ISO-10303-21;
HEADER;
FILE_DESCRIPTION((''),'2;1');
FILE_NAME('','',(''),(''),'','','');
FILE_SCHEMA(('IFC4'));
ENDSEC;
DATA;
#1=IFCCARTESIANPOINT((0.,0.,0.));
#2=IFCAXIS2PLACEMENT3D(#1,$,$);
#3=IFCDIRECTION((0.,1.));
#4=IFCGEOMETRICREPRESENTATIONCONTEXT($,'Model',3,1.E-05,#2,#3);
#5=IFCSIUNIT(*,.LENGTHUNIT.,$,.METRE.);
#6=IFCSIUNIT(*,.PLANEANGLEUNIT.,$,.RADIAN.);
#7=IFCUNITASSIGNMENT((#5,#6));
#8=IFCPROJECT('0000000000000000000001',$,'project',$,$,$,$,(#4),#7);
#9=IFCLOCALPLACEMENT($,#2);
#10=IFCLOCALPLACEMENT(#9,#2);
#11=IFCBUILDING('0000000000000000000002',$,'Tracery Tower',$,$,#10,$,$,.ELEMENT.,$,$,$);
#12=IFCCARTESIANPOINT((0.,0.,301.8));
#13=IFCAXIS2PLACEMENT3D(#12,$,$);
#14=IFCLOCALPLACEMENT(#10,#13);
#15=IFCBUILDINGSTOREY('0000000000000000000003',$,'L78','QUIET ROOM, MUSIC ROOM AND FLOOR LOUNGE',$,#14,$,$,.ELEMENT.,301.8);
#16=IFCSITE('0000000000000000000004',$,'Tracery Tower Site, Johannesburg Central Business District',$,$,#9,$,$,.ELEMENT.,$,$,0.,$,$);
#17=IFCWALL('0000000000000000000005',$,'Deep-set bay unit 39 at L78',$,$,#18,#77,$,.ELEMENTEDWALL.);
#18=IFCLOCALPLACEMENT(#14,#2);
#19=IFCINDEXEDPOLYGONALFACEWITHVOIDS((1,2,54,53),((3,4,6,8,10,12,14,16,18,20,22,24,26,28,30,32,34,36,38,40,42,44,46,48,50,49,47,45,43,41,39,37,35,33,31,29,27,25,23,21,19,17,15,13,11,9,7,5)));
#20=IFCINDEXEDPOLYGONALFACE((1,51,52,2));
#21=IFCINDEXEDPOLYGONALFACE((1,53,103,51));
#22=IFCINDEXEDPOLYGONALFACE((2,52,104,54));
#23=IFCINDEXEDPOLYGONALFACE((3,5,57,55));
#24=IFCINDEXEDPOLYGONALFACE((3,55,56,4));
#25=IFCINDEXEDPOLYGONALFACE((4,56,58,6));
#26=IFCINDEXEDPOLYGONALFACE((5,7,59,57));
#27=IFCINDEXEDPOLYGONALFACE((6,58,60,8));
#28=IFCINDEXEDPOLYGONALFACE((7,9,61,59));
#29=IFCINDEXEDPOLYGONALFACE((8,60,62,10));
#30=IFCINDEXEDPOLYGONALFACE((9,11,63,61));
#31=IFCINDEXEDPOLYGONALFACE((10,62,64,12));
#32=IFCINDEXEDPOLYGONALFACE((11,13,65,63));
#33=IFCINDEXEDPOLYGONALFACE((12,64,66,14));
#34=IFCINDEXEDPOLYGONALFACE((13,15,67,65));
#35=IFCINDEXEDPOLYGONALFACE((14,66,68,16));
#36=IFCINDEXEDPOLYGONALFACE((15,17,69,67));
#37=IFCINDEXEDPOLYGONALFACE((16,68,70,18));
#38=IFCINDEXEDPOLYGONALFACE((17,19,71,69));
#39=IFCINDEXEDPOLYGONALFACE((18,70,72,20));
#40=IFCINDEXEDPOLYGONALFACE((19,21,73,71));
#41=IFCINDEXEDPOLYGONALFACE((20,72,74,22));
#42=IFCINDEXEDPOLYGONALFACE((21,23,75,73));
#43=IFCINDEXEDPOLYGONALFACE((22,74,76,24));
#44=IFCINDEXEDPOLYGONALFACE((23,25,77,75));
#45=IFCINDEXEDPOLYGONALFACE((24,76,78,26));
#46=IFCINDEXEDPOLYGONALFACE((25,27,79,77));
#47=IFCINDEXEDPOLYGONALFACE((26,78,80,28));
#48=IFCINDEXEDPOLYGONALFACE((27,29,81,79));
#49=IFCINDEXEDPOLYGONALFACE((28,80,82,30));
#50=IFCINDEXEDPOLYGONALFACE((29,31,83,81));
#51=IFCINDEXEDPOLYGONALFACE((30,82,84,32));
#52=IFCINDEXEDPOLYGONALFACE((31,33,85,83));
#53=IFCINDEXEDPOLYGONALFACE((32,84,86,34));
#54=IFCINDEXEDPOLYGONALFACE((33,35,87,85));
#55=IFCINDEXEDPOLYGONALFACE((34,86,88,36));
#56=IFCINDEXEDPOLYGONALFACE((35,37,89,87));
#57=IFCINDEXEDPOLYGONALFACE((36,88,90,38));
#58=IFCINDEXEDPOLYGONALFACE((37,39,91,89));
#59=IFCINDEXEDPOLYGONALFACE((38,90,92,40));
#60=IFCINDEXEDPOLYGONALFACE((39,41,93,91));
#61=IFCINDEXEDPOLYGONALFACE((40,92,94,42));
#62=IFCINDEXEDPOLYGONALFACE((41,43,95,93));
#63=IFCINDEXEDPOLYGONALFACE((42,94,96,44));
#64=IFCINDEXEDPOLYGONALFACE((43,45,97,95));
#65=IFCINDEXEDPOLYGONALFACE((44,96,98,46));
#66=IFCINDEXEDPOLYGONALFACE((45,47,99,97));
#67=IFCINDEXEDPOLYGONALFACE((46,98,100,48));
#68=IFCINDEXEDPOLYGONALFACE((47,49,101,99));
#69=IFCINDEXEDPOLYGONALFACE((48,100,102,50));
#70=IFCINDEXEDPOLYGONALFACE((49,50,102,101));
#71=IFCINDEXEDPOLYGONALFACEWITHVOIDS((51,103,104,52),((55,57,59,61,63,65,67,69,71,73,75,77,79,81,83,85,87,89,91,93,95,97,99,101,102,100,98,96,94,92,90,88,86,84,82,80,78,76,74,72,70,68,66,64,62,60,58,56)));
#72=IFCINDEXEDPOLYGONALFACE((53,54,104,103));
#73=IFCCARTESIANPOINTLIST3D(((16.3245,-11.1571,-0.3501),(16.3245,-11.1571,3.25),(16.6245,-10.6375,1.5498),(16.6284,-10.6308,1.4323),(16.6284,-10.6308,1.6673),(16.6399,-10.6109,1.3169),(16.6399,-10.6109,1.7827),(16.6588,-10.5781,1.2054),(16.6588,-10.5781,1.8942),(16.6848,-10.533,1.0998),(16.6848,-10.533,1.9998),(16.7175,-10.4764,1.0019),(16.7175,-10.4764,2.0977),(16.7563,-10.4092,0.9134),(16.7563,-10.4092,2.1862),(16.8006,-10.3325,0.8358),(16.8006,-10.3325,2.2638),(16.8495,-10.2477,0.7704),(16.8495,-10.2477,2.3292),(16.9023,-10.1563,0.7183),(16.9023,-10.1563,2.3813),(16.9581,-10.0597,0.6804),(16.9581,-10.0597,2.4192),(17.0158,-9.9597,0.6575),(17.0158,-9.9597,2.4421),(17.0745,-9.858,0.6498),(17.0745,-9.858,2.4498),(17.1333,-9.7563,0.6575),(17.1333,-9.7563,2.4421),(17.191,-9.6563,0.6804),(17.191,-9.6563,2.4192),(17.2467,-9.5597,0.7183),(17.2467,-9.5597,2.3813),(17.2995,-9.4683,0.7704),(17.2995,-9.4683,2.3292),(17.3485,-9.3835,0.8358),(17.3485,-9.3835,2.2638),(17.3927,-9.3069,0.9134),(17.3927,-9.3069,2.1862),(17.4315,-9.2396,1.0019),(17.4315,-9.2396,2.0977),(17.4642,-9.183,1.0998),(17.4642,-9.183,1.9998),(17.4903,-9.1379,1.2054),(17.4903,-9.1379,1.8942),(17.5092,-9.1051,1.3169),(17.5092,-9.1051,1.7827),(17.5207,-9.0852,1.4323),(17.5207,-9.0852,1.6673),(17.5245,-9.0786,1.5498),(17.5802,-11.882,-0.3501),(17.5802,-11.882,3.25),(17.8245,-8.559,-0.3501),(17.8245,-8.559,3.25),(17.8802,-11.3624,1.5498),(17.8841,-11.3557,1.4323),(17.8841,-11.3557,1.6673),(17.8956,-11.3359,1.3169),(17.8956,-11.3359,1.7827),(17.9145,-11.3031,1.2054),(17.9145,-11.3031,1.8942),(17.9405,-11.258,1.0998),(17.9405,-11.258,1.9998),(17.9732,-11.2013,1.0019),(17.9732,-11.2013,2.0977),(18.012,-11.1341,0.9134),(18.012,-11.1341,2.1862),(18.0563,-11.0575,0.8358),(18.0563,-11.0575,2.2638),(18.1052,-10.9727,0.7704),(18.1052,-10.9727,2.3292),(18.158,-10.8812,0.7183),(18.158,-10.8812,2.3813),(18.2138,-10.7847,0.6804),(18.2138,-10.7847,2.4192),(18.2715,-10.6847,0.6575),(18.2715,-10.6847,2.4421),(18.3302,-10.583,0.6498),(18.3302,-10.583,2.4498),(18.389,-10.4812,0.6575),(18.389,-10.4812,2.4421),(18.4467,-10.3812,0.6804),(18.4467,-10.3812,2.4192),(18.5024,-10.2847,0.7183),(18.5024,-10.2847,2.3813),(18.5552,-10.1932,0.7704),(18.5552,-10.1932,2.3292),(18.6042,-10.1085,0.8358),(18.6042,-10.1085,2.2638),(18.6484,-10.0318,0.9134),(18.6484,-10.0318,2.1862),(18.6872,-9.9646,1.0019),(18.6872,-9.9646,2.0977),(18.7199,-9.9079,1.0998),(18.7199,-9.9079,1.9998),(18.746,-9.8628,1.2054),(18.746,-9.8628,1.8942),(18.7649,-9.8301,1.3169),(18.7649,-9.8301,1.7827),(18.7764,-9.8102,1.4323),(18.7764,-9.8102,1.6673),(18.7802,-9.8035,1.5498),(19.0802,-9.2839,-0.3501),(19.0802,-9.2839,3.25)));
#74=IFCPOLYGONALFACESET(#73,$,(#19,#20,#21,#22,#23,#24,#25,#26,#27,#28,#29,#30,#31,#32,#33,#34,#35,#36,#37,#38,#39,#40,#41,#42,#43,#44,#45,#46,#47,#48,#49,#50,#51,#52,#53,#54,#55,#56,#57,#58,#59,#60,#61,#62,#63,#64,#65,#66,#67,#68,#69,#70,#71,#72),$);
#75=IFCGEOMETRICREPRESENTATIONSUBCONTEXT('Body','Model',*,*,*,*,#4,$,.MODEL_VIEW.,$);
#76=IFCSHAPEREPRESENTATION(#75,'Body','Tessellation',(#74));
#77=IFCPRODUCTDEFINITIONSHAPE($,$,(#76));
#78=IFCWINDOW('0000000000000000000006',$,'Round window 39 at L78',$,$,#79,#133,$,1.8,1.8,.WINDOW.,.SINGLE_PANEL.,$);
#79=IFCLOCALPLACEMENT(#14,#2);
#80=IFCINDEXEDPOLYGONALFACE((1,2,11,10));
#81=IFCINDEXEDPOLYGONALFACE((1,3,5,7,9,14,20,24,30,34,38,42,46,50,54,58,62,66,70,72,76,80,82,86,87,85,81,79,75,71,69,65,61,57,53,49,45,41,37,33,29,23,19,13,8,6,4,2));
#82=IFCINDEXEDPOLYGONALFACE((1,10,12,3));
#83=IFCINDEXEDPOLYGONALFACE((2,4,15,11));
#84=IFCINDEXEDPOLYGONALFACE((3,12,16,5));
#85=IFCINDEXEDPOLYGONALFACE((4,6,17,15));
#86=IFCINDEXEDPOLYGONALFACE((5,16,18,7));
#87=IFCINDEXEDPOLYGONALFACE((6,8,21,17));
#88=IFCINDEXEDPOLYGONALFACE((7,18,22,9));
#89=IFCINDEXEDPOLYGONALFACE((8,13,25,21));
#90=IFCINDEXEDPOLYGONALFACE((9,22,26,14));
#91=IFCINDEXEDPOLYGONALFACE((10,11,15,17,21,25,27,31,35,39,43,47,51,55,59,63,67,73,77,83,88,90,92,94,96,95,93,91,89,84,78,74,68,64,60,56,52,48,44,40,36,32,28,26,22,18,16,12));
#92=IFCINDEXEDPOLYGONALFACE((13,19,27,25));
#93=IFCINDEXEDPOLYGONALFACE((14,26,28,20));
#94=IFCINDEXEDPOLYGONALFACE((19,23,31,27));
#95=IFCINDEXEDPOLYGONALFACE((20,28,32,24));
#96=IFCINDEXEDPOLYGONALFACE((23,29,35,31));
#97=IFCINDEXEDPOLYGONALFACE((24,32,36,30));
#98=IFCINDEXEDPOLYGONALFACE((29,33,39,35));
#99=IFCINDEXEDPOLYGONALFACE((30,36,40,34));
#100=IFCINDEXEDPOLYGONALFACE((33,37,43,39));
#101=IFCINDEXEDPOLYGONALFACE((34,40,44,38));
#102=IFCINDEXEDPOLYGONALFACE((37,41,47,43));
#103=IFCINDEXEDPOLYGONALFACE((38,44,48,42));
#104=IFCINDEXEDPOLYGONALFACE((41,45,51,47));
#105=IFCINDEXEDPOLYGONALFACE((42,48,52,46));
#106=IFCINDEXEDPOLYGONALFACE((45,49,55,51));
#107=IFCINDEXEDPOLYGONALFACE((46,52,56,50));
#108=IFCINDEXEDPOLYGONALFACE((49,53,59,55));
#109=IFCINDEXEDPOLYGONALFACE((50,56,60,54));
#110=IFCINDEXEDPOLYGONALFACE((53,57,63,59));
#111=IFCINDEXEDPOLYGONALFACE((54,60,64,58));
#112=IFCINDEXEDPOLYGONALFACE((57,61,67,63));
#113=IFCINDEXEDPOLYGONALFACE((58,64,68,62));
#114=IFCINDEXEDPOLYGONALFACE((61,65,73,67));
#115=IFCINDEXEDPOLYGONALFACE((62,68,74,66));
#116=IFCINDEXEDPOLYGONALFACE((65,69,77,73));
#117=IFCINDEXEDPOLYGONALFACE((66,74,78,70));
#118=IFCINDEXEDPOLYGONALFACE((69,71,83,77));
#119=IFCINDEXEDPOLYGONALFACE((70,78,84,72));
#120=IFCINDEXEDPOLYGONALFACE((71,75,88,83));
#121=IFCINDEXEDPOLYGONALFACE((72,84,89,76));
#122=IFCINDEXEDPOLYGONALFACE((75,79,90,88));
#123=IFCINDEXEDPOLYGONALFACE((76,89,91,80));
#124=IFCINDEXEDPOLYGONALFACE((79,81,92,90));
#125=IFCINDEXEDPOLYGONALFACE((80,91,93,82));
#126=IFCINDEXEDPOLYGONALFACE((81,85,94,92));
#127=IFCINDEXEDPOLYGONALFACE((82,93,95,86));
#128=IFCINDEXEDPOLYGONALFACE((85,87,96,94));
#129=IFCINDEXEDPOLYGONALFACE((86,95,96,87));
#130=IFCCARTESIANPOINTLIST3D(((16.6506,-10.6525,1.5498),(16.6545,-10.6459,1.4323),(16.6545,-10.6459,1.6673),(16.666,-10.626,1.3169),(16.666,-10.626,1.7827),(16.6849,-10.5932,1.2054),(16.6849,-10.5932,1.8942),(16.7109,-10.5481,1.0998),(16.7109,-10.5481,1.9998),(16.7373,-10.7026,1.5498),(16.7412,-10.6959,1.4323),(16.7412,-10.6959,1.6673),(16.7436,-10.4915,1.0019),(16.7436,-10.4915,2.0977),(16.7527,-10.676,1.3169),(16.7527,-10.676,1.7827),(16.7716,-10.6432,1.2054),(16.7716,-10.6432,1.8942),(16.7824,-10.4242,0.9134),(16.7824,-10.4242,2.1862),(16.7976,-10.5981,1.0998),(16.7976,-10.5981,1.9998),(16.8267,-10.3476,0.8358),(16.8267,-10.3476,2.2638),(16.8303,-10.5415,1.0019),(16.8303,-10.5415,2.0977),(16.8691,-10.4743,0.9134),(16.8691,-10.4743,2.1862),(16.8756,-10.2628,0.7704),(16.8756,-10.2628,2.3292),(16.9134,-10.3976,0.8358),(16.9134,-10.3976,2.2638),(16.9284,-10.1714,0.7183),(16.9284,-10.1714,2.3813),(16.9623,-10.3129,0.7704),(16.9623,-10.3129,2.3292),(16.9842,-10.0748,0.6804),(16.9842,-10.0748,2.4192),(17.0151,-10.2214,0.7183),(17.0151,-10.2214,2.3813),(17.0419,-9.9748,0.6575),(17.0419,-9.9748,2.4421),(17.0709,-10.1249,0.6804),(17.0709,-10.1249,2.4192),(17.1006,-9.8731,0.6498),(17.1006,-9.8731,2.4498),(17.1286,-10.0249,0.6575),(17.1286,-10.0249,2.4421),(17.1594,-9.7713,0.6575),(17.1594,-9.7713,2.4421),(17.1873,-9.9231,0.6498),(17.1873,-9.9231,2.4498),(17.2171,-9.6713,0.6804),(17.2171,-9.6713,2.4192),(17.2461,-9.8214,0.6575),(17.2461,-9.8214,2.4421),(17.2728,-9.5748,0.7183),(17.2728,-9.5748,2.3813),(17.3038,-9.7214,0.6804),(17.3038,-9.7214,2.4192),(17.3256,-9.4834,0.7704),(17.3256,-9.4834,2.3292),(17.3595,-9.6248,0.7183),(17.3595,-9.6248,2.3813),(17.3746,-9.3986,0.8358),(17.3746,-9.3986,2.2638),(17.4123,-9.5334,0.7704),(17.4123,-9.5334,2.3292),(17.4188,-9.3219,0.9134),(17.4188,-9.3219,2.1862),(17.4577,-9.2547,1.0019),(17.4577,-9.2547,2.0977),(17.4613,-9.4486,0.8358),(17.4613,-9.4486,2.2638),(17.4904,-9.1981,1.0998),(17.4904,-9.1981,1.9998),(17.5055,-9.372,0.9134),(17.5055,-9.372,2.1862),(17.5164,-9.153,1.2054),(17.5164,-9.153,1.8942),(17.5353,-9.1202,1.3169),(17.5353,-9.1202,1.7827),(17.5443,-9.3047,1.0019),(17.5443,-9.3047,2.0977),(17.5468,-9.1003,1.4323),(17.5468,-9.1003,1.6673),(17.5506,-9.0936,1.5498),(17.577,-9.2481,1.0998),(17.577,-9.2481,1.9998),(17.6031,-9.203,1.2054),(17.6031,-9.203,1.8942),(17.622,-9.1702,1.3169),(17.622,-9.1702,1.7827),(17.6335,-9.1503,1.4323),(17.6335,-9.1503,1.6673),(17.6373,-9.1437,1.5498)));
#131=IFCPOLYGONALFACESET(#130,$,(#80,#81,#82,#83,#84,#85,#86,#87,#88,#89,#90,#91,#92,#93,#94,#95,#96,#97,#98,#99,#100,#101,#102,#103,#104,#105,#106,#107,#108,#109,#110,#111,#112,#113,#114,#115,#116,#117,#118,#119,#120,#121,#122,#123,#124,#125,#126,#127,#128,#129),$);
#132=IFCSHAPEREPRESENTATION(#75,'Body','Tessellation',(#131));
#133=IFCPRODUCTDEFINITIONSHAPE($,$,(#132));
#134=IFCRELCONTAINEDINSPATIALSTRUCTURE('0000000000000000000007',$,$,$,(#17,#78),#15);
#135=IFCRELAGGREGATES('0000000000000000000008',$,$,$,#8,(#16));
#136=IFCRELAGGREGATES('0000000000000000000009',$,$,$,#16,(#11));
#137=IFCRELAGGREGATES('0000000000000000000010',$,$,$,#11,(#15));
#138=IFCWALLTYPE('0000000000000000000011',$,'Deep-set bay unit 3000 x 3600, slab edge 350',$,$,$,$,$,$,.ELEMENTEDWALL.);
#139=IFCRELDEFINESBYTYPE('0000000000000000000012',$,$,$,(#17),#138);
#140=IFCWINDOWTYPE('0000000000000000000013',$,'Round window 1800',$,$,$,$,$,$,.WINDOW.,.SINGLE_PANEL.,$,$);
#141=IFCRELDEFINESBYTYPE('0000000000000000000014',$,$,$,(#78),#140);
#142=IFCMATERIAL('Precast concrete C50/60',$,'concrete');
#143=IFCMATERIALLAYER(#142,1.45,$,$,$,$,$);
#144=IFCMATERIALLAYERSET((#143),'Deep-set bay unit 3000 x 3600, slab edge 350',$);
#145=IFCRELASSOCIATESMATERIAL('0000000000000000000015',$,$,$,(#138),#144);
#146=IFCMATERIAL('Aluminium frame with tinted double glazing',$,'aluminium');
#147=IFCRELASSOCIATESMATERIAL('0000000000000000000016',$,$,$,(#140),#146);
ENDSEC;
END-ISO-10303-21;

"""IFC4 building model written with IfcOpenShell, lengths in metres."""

from ifc_helpers import new_model, si_unit, direction, frame, frame_2d, origin, origin_2d, place, context, subcontext, project, spatial, rectangle, circle, extrude, material, layer, layer_set, type_object, element, fill, save


model = new_model("IFC4")

# Units and contexts
model_context = context("Model", 3, precision=1e-05, world=origin(), true_north=direction((0.0, 1.0)))
body_context = subcontext(model_context, "Body", "Model", "MODEL_VIEW")
ifc_project = project(units=[si_unit("LENGTHUNIT", "METRE"), si_unit("PLANEANGLEUNIT", "RADIAN")], contexts=[model_context])

# Site, building, storey
site_placement = place(None, origin())
site = spatial("IfcSite", under=ifc_project, at=site_placement, Name="Tracery Tower Site, Johannesburg Central Business District", CompositionType="ELEMENT", RefElevation=0.0)
building_placement = place(site_placement, origin())
building = spatial("IfcBuilding", under=site, at=building_placement, Name="Tracery Tower", CompositionType="ELEMENT")
storey_placement = place(building_placement, frame((0.0, 0.0, 301.8)))
storey = spatial("IfcBuildingStorey", under=building, at=storey_placement, Name="L78", Description="QUIET ROOM, MUSIC ROOM AND FLOOR LOUNGE", CompositionType="ELEMENT", Elevation=301.8)

# Wall, opening, window
ifc_material_1 = material(Name="Precast concrete C50/60", Category="concrete")
ifc_layer_1 = layer(ifc_material_1, 1.45)
ifc_layer_set_1 = layer_set([ifc_layer_1], Name="Deep-set bay unit 3000 x 3600, slab edge 350")
wall_type_1 = type_object("IfcWallType", Name="Deep-set bay unit 3000 x 3600, slab edge 350", PredefinedType="ELEMENTEDWALL", material=ifc_layer_set_1)
ifc_material_2 = material(Name="Aluminium frame with tinted double glazing", Category="aluminium")
window_type = type_object("IfcWindowType", Name="Round window 1800", PartitioningType="SINGLE_PANEL", PredefinedType="WINDOW", material=ifc_material_2)
wall_1_placement = place(storey_placement, frame((16.9524, -11.5195, -0.3501), z_axis=(0.0, 0.0, 1.0), x_axis=(0.49999, 0.866031, 0.0)))
wall_1 = element("IfcWall", 1, at=wall_1_placement, inside=storey, type_object=wall_type_1, Name="Deep-set bay unit 39 at L78", PredefinedType="ELEMENTEDWALL", context=body_context, shape_type="SweptSolid", body=[
    extrude(rectangle(XDim=3.0, YDim=1.45, at=frame_2d((1.5, 0.0))), origin(), (0.0, 0.0, 1.0), 3.6001),
])
opening_1_placement = place(wall_1_placement, frame((1.5, 0.0, 1.8999)))
opening_1 = element("IfcOpeningElement", 2, at=opening_1_placement, cuts=wall_1, PredefinedType="OPENING", context=body_context, shape_type="SweptSolid", body=[
    extrude(circle(Radius=0.9, at=origin_2d()), frame((0.0, 0.7349, 0.0), z_axis=(0.0, -1.0, 0.0), x_axis=(1.0, 0.0, 0.0)), (0.0, 0.0, 1.0), 1.47),
])
window_1_placement = place(opening_1_placement, origin())
window_1 = element("IfcWindow", 3, at=window_1_placement, inside=storey, type_object=window_type, Name="Round window 39 at L78", OverallHeight=1.8, OverallWidth=1.8, PartitioningType="SINGLE_PANEL", PredefinedType="WINDOW", context=body_context, shape_type="SweptSolid", body=[
    extrude(circle(Radius=0.9, at=origin_2d()), frame((0.0, 0.6948, 0.0), z_axis=(0.0, -1.0, 0.0), x_axis=(1.0, 0.0, 0.0)), (0.0, 0.0, 1.0), 0.1001),
])
fill(opening_1, window_1)

save(model, "model.ifc")
